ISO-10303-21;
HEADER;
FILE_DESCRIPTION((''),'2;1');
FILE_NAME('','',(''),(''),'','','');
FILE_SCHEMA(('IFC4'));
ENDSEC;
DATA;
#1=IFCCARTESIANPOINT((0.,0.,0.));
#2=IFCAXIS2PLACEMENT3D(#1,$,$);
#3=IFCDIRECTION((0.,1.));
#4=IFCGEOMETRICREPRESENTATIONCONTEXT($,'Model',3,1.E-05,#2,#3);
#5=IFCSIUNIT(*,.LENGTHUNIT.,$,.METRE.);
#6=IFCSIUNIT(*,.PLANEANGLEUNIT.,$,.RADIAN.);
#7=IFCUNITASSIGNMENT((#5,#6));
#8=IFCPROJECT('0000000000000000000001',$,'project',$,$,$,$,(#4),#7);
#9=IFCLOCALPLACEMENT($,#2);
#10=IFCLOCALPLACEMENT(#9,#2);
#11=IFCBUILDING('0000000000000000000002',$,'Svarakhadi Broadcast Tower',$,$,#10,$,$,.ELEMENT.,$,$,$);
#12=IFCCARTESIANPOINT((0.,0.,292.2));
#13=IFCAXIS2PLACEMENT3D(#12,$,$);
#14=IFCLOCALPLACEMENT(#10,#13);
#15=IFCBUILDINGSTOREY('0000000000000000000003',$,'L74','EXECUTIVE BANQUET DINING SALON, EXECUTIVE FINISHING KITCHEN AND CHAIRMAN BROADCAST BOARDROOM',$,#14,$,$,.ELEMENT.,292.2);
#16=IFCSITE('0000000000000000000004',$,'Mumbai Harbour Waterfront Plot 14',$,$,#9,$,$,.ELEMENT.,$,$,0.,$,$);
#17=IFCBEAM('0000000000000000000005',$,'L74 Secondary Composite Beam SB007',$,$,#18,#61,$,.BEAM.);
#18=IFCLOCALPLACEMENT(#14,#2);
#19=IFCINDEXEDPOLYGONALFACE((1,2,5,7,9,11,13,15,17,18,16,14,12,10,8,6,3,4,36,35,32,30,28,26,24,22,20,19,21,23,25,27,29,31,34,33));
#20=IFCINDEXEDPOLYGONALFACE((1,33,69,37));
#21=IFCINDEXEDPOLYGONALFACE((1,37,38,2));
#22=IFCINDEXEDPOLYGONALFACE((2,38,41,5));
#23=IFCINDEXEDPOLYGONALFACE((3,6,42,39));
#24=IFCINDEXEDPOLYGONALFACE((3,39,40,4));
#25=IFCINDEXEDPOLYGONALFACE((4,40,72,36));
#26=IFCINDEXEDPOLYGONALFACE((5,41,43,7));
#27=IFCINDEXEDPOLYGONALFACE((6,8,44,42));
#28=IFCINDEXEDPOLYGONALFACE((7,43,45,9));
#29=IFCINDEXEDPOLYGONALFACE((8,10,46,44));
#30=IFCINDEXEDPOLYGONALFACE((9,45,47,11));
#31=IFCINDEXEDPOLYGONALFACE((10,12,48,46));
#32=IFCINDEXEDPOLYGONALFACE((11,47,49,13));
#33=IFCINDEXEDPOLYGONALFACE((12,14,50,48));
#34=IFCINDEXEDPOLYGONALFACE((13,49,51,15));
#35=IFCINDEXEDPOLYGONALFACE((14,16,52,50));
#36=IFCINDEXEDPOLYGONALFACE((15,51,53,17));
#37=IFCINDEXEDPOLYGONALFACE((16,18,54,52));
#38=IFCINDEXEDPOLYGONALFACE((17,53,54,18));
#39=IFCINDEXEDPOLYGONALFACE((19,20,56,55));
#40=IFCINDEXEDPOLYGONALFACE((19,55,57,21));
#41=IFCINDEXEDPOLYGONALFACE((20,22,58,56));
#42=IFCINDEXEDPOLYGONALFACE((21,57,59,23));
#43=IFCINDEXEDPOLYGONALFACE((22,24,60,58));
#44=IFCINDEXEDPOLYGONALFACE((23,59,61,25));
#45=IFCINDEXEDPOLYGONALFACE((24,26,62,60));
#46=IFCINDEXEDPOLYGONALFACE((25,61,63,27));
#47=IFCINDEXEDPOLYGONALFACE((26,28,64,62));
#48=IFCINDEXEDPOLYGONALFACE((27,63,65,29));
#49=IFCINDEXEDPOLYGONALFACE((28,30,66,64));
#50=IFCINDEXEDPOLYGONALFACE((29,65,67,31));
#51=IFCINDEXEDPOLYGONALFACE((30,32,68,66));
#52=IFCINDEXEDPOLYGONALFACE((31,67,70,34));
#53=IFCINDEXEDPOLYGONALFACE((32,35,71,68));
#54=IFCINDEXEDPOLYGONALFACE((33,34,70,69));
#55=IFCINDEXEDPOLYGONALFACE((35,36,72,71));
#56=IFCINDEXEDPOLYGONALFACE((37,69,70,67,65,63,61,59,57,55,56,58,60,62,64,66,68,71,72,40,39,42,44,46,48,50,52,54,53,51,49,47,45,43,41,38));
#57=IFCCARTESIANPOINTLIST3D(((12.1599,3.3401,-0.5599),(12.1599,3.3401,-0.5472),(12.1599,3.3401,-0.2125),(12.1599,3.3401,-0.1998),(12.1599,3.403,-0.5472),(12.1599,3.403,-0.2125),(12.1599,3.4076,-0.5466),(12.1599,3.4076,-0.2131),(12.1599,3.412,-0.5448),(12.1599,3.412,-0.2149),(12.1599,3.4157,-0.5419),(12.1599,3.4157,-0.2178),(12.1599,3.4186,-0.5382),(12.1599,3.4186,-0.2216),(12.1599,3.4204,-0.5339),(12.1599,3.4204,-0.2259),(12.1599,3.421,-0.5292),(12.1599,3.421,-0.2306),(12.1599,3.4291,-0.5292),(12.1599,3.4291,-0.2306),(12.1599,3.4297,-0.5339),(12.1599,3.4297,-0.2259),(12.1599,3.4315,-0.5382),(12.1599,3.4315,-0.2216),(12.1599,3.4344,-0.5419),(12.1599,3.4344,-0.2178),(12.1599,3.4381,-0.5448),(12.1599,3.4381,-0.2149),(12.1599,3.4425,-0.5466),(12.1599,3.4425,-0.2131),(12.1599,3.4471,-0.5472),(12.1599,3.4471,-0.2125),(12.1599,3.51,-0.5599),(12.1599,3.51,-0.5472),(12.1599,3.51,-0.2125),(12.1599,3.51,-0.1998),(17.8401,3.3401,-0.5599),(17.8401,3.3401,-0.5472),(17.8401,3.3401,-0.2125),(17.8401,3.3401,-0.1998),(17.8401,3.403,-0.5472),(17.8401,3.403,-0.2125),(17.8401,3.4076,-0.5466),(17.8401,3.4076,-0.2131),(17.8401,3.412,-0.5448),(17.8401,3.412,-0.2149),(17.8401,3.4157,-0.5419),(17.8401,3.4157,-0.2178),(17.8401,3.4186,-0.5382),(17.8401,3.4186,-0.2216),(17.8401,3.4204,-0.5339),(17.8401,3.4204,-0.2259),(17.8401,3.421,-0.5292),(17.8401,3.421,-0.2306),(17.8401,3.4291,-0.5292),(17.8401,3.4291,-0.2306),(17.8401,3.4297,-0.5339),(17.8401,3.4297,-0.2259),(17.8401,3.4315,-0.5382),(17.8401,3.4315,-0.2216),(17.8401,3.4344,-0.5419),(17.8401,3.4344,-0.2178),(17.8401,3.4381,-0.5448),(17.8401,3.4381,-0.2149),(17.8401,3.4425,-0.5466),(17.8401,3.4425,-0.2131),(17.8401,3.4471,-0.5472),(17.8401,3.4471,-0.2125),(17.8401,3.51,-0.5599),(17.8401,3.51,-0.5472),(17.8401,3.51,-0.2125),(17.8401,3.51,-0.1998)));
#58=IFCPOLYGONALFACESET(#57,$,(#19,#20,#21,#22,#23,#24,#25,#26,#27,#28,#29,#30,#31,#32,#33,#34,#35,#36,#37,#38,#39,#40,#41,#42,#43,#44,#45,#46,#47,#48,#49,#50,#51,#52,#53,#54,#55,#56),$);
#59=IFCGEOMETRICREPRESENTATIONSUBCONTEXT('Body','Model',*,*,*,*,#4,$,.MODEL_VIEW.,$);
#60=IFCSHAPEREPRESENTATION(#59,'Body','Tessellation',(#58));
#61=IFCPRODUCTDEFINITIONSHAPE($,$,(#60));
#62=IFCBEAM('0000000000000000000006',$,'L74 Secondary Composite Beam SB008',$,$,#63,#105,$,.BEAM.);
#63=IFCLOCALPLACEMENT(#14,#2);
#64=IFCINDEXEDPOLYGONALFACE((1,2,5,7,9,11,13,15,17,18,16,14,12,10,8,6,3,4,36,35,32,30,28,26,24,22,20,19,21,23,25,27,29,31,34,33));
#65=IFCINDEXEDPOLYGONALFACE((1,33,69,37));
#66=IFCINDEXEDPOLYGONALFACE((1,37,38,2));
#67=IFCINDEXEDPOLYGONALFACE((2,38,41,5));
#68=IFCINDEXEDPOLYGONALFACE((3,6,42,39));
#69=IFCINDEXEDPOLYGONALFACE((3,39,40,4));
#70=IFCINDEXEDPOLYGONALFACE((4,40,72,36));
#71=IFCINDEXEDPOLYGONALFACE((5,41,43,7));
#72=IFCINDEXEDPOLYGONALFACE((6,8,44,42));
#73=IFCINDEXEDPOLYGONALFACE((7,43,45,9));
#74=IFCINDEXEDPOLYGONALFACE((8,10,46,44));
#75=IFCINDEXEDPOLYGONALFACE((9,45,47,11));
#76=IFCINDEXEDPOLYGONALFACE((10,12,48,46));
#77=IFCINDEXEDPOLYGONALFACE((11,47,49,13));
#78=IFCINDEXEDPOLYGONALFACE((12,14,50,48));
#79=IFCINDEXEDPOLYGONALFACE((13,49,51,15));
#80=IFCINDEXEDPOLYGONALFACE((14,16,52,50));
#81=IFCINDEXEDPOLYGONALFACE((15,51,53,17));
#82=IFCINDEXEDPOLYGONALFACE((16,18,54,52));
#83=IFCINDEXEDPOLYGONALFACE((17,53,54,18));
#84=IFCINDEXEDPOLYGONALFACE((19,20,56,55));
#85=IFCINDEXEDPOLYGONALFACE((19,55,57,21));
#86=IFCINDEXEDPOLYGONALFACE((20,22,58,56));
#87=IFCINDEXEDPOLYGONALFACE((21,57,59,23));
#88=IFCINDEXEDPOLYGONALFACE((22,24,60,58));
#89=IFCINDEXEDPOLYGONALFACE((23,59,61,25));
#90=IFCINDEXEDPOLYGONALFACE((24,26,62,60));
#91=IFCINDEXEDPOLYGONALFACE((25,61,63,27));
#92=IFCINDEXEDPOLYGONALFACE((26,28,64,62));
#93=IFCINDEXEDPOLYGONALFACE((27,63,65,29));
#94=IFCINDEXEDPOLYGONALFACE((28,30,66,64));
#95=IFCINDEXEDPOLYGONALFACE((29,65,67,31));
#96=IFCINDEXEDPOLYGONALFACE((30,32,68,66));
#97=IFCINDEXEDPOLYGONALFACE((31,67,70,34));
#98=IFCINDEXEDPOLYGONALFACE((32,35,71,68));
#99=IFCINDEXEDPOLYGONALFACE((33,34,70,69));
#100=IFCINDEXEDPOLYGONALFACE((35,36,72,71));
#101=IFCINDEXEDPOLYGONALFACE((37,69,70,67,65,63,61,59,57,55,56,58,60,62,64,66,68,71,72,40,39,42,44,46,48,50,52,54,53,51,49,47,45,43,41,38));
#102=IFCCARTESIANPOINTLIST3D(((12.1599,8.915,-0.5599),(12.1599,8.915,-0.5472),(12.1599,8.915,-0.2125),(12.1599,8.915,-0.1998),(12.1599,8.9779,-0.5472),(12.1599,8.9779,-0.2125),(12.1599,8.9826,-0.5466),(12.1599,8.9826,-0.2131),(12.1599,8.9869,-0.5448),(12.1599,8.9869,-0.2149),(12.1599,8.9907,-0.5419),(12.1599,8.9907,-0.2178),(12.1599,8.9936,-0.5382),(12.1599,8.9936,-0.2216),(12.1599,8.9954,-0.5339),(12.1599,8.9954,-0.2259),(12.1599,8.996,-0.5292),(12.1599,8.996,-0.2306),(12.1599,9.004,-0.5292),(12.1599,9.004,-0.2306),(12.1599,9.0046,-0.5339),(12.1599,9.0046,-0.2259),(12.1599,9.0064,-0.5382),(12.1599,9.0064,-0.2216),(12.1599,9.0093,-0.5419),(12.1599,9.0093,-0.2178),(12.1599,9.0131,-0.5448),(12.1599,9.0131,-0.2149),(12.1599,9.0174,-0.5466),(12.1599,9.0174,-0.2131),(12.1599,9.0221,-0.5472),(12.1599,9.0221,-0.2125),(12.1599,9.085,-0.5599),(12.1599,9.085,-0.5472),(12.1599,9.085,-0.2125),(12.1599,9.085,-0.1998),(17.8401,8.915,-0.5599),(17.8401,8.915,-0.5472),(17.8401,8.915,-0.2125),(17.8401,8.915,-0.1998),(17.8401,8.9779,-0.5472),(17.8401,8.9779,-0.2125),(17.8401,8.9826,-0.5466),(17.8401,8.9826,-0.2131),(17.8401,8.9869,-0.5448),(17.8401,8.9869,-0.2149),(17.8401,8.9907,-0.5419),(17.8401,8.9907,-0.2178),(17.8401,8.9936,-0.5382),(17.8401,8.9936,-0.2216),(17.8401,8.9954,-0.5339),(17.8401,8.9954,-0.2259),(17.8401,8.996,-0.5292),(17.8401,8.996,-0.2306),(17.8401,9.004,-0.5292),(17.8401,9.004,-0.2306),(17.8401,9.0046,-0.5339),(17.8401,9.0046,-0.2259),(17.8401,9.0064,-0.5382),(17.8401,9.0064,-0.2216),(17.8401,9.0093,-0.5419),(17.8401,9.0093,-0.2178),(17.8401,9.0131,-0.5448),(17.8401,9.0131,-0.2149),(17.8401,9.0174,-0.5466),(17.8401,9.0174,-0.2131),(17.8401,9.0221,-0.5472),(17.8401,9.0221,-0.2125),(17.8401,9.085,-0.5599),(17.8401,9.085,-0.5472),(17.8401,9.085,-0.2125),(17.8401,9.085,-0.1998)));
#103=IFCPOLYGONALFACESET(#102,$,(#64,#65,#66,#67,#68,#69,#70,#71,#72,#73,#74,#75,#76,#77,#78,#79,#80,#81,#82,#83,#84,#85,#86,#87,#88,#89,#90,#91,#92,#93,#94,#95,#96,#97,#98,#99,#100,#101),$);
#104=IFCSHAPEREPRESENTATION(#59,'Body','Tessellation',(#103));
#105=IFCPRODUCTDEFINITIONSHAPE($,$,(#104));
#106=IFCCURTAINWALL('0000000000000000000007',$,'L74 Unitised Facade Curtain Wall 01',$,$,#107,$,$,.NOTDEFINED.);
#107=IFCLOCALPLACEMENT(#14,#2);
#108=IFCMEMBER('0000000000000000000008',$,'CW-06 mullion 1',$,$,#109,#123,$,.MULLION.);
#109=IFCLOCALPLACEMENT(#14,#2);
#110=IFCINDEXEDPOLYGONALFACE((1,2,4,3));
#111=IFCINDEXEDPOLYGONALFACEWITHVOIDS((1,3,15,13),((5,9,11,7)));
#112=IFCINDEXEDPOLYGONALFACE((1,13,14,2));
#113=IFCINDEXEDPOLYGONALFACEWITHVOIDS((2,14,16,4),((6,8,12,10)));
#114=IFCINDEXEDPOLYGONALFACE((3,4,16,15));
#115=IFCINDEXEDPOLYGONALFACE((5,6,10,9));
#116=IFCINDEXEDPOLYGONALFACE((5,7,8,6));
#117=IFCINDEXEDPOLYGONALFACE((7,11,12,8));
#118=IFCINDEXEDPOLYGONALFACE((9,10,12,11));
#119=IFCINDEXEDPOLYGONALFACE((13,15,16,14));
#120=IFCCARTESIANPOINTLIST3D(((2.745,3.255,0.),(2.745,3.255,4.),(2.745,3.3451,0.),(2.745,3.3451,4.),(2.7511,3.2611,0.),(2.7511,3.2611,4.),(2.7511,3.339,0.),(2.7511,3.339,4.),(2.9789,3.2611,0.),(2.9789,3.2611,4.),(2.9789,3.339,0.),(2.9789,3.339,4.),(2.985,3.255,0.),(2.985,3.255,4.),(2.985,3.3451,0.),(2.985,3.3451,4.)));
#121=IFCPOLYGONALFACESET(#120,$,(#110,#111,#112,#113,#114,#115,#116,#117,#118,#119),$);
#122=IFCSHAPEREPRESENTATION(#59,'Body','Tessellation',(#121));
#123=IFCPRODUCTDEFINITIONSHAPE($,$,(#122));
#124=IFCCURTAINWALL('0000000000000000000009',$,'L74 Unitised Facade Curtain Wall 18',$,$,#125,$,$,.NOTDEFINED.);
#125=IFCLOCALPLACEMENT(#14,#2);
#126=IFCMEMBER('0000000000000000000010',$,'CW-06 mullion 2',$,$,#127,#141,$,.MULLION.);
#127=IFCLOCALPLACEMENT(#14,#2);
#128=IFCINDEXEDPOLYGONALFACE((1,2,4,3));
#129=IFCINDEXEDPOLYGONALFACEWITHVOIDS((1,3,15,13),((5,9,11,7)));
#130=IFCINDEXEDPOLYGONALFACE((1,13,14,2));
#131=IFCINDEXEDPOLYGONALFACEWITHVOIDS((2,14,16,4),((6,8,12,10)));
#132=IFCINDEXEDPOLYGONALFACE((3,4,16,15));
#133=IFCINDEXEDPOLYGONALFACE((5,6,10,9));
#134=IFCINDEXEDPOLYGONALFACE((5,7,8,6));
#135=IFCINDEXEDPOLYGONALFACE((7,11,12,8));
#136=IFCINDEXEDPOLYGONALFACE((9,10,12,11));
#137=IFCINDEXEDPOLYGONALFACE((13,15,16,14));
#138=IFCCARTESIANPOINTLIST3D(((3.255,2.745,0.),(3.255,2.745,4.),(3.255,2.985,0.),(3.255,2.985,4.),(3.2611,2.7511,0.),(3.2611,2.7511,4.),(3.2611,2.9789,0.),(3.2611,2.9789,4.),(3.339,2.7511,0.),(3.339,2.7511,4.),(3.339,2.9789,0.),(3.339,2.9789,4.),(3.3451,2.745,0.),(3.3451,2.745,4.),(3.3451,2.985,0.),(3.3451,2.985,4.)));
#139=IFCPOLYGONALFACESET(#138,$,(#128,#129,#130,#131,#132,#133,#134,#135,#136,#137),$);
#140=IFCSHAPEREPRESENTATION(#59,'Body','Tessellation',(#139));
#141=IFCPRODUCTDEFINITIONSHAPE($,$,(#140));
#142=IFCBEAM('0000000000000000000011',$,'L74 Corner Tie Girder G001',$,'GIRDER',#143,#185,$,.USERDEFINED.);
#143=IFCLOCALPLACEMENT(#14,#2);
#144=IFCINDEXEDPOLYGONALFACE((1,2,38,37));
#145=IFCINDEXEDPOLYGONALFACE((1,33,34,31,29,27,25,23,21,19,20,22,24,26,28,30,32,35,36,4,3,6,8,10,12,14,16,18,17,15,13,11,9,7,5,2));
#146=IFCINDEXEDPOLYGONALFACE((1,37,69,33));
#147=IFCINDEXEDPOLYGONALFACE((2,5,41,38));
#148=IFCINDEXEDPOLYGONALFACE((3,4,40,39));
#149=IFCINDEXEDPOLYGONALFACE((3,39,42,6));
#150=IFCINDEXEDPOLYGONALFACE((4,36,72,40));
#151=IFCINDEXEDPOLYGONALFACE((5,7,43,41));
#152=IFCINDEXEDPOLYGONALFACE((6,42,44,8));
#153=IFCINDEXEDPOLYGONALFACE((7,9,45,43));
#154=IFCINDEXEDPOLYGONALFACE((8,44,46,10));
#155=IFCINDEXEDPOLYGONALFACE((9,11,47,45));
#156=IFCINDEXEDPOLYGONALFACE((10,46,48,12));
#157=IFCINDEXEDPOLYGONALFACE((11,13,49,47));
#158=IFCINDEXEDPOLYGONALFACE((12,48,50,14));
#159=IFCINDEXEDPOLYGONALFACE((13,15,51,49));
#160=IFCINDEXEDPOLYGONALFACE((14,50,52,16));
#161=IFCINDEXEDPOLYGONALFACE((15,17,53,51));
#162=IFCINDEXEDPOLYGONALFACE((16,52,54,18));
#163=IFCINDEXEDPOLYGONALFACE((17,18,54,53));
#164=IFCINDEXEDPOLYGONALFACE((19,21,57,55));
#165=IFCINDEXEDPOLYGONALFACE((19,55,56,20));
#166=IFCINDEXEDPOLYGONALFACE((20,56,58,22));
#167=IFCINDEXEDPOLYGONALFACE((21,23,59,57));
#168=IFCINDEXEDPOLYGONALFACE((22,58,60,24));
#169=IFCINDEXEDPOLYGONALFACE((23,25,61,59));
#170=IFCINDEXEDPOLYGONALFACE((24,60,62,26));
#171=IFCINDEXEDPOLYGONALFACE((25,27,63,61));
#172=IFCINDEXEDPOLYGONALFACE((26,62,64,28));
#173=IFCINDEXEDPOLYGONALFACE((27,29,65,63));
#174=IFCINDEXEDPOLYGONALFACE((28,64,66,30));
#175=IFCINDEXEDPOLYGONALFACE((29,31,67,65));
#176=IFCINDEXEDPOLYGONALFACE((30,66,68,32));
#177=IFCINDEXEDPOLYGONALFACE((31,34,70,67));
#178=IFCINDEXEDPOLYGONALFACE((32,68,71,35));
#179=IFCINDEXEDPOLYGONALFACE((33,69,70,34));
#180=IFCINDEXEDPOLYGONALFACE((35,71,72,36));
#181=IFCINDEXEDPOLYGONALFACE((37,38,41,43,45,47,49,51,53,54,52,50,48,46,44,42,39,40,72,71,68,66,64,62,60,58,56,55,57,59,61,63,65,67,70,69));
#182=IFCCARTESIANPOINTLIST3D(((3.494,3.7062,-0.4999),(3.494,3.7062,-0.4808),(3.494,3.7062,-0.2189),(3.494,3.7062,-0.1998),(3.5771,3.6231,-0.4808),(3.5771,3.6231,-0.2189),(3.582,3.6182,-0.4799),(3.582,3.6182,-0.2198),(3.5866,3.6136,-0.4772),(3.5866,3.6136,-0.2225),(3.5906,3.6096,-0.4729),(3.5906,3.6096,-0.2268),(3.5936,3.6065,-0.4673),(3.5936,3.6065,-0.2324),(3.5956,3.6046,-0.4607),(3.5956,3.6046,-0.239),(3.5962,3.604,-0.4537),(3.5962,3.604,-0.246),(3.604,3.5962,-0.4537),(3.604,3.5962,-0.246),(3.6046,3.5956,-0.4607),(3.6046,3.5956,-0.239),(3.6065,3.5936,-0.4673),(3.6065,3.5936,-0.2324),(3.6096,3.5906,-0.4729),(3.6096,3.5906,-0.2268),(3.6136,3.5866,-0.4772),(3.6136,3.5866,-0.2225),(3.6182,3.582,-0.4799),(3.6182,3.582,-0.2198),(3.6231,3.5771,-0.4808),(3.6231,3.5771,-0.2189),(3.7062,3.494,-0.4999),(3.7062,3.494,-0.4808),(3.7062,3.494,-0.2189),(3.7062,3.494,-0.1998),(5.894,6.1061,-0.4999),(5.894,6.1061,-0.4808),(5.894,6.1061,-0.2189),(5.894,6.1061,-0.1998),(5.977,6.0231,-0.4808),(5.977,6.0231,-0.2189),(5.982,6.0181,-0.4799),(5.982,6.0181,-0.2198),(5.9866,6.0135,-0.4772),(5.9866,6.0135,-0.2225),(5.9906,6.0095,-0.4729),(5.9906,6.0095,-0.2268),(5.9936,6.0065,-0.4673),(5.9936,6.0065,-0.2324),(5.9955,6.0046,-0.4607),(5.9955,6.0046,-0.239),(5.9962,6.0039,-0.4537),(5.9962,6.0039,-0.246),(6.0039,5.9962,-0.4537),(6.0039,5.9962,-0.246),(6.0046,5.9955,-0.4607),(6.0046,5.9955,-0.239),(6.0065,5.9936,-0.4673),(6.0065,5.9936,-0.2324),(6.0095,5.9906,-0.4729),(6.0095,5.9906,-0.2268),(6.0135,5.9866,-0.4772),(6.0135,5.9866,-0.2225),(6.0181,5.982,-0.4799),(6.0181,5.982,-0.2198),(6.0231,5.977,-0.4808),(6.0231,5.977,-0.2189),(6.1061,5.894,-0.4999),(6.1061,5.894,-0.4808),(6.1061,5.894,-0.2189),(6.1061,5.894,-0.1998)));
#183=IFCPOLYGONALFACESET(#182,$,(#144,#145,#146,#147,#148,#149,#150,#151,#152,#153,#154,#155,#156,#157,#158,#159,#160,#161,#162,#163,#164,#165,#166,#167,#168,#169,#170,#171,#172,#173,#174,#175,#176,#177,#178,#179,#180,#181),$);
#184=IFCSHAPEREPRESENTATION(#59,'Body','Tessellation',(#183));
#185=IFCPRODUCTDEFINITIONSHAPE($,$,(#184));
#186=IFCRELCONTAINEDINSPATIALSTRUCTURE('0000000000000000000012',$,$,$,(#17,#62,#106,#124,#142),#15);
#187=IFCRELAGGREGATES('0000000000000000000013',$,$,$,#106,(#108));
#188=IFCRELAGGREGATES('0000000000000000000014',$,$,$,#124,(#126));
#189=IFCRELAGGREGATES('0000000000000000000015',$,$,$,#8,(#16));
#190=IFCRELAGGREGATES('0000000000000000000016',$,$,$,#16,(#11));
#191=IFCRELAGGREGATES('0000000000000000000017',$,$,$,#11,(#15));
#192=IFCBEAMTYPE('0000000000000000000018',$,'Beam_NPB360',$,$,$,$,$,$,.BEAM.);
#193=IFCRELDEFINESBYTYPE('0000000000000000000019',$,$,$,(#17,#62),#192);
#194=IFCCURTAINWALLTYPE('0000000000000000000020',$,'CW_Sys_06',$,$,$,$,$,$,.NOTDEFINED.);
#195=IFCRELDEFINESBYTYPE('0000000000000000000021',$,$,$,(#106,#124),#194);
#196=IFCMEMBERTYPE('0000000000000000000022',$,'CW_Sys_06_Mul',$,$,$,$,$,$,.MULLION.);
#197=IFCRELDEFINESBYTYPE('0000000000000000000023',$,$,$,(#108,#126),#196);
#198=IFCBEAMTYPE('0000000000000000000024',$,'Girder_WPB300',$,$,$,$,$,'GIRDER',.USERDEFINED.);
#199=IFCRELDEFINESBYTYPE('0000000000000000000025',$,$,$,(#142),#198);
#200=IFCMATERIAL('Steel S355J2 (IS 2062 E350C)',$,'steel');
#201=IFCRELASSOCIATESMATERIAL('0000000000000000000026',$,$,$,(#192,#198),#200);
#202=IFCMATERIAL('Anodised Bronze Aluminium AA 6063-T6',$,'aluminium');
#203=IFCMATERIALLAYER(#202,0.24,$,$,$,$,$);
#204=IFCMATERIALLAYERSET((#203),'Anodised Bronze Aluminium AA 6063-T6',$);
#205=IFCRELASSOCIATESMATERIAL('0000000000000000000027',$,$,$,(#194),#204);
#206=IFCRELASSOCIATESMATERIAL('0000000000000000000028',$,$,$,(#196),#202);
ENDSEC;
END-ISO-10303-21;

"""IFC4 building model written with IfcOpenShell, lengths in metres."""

from ifc_helpers import new_model, si_unit, direction, frame, origin, origin_2d, place, context, subcontext, project, spatial, hollow_rectangle, i_section, extrude, material, layer, layer_set, material_profile, profile_set, type_object, element, aggregate, save


model = new_model("IFC4")

# Units and contexts
model_context = context("Model", 3, precision=1e-05, world=origin(), true_north=direction((0.0, 1.0)))
body_context = subcontext(model_context, "Body", "Model", "MODEL_VIEW")
ifc_project = project(units=[si_unit("LENGTHUNIT", "METRE"), si_unit("PLANEANGLEUNIT", "RADIAN")], contexts=[model_context])

# Site, building, storey
site_placement = place(None, origin())
site = spatial("IfcSite", under=ifc_project, at=site_placement, Name="Mumbai Harbour Waterfront Plot 14", CompositionType="ELEMENT", RefElevation=0.0)
building_placement = place(site_placement, origin())
building = spatial("IfcBuilding", under=site, at=building_placement, Name="Svarakhadi Broadcast Tower", CompositionType="ELEMENT")
storey_placement = place(building_placement, frame((0.0, 0.0, 292.2)))
storey = spatial("IfcBuildingStorey", under=building, at=storey_placement, Name="L74", Description="EXECUTIVE BANQUET DINING SALON, EXECUTIVE FINISHING KITCHEN AND CHAIRMAN BROADCAST BOARDROOM", CompositionType="ELEMENT", Elevation=292.2)

# Beams
ifc_material_1 = material(Name="Steel S355J2 (IS 2062 E350C)", Category="steel")
ifc_material_profile_1 = material_profile(ifc_material_1, i_section(OverallWidth=0.1699, OverallDepth=0.3601, WebThickness=0.0081, FlangeThickness=0.0127, FilletRadius=0.0181, at=origin_2d()), Name="NPB 360x170x57")
ifc_profile_set_1 = profile_set([ifc_material_profile_1], Name="Steel S355J2 (IS 2062 E350C)")
beam_type_1 = type_object("IfcBeamType", Name="Beam_NPB360", PredefinedType="BEAM", material=ifc_profile_set_1)
for number, where, z_axis, x_axis, name in (
    (1, (12.1599, 3.425, -0.3799), (1.0, 0.0, 0.0), (0.0, 1.0, 0.0), "L74 Secondary Composite Beam SB007"),
    (2, (12.1599, 9.0, -0.3799), (1.0, 0.0, 0.0), (0.0, 1.0, 0.0), "L74 Secondary Composite Beam SB008"),
):
    element("IfcBeam", number, at=place(storey_placement, frame(where, z_axis=z_axis, x_axis=x_axis)), inside=storey, type_object=beam_type_1, Name=name, PredefinedType="BEAM", context=body_context, shape_type="SweptSolid", body=[
        extrude(i_section(OverallWidth=0.1699, OverallDepth=0.3601, WebThickness=0.0081, FlangeThickness=0.0127, FilletRadius=0.0181, at=origin_2d()), origin(), (0.0, 0.0, 1.0), 5.6802),
    ])

# Curtain walls, members
ifc_material_2 = material(Name="Anodised Bronze Aluminium AA 6063-T6", Category="aluminium")
ifc_layer_1 = layer(ifc_material_2, 0.24)
ifc_layer_set_1 = layer_set([ifc_layer_1], Name="Anodised Bronze Aluminium AA 6063-T6")
curtain_wall_type = type_object("IfcCurtainWallType", Name="CW_Sys_06", PredefinedType="NOTDEFINED", material=ifc_layer_set_1)
curtain_wall_1_placement = place(storey_placement, origin())
curtain_wall_1 = element("IfcCurtainWall", 3, at=curtain_wall_1_placement, inside=storey, type_object=curtain_wall_type, Name="L74 Unitised Facade Curtain Wall 01", PredefinedType="NOTDEFINED")
ifc_material_profile_2 = material_profile(ifc_material_2, hollow_rectangle(XDim=0.0901, YDim=0.24, WallThickness=0.0061, at=origin_2d()), Name="ALU MULLION 240x90x6")
ifc_profile_set_2 = profile_set([ifc_material_profile_2], Name="Anodised Bronze Aluminium AA 6063-T6")
member_type = type_object("IfcMemberType", Name="CW_Sys_06_Mul", PredefinedType="MULLION", material=ifc_profile_set_2)
member_1_placement = place(storey_placement, frame((2.865, 3.3, 0.0), z_axis=(0.0, 0.0, 1.0), x_axis=(0.0, -1.0, 0.0)))
member_1 = element("IfcMember", 4, at=member_1_placement, type_object=member_type, Name="CW-06 mullion 1", PredefinedType="MULLION", context=body_context, shape_type="SweptSolid", body=[
    extrude(hollow_rectangle(XDim=0.0901, YDim=0.24, WallThickness=0.0061, at=origin_2d()), origin(), (0.0, 0.0, 1.0), 4.0),
])
aggregate(curtain_wall_1, [member_1])
curtain_wall_2_placement = place(storey_placement, origin())
curtain_wall_2 = element("IfcCurtainWall", 5, at=curtain_wall_2_placement, inside=storey, type_object=curtain_wall_type, Name="L74 Unitised Facade Curtain Wall 18", PredefinedType="NOTDEFINED")
member_2_placement = place(storey_placement, frame((3.3, 2.865, 0.0), z_axis=(0.0, 0.0, 1.0), x_axis=(-1.0, 0.0, 0.0)))
member_2 = element("IfcMember", 6, at=member_2_placement, type_object=member_type, Name="CW-06 mullion 2", PredefinedType="MULLION", context=body_context, shape_type="SweptSolid", body=[
    extrude(hollow_rectangle(XDim=0.0901, YDim=0.24, WallThickness=0.0061, at=origin_2d()), origin(), (0.0, 0.0, 1.0), 4.0),
])

# Beam
ifc_material_profile_3 = material_profile(ifc_material_1, i_section(OverallWidth=0.3, OverallDepth=0.3, WebThickness=0.011, FlangeThickness=0.019, FilletRadius=0.0271, at=origin_2d()), Name="WPB 300x300x117")
ifc_profile_set_3 = profile_set([ifc_material_profile_3], Name="Steel S355J2 (IS 2062 E350C)")
beam_type_2 = type_object("IfcBeamType", Name="Girder_WPB300", ElementType="GIRDER", PredefinedType="USERDEFINED", material=ifc_profile_set_3)
beam_1_placement = place(storey_placement, frame((3.6001, 3.6001, -0.3499), z_axis=(0.707107, 0.707107, 0.0), x_axis=(-0.707107, 0.707107, 0.0)))
element("IfcBeam", 7, at=beam_1_placement, inside=storey, type_object=beam_type_2, Name="L74 Corner Tie Girder G001", ObjectType="GIRDER", PredefinedType="USERDEFINED", context=body_context, shape_type="SweptSolid", body=[
    extrude(i_section(OverallWidth=0.3, OverallDepth=0.3, WebThickness=0.011, FlangeThickness=0.019, FilletRadius=0.0271, at=origin_2d()), origin(), (0.0, 0.0, 1.0), 3.394),
])

aggregate(curtain_wall_2, [member_2])

save(model, "model.ifc")
